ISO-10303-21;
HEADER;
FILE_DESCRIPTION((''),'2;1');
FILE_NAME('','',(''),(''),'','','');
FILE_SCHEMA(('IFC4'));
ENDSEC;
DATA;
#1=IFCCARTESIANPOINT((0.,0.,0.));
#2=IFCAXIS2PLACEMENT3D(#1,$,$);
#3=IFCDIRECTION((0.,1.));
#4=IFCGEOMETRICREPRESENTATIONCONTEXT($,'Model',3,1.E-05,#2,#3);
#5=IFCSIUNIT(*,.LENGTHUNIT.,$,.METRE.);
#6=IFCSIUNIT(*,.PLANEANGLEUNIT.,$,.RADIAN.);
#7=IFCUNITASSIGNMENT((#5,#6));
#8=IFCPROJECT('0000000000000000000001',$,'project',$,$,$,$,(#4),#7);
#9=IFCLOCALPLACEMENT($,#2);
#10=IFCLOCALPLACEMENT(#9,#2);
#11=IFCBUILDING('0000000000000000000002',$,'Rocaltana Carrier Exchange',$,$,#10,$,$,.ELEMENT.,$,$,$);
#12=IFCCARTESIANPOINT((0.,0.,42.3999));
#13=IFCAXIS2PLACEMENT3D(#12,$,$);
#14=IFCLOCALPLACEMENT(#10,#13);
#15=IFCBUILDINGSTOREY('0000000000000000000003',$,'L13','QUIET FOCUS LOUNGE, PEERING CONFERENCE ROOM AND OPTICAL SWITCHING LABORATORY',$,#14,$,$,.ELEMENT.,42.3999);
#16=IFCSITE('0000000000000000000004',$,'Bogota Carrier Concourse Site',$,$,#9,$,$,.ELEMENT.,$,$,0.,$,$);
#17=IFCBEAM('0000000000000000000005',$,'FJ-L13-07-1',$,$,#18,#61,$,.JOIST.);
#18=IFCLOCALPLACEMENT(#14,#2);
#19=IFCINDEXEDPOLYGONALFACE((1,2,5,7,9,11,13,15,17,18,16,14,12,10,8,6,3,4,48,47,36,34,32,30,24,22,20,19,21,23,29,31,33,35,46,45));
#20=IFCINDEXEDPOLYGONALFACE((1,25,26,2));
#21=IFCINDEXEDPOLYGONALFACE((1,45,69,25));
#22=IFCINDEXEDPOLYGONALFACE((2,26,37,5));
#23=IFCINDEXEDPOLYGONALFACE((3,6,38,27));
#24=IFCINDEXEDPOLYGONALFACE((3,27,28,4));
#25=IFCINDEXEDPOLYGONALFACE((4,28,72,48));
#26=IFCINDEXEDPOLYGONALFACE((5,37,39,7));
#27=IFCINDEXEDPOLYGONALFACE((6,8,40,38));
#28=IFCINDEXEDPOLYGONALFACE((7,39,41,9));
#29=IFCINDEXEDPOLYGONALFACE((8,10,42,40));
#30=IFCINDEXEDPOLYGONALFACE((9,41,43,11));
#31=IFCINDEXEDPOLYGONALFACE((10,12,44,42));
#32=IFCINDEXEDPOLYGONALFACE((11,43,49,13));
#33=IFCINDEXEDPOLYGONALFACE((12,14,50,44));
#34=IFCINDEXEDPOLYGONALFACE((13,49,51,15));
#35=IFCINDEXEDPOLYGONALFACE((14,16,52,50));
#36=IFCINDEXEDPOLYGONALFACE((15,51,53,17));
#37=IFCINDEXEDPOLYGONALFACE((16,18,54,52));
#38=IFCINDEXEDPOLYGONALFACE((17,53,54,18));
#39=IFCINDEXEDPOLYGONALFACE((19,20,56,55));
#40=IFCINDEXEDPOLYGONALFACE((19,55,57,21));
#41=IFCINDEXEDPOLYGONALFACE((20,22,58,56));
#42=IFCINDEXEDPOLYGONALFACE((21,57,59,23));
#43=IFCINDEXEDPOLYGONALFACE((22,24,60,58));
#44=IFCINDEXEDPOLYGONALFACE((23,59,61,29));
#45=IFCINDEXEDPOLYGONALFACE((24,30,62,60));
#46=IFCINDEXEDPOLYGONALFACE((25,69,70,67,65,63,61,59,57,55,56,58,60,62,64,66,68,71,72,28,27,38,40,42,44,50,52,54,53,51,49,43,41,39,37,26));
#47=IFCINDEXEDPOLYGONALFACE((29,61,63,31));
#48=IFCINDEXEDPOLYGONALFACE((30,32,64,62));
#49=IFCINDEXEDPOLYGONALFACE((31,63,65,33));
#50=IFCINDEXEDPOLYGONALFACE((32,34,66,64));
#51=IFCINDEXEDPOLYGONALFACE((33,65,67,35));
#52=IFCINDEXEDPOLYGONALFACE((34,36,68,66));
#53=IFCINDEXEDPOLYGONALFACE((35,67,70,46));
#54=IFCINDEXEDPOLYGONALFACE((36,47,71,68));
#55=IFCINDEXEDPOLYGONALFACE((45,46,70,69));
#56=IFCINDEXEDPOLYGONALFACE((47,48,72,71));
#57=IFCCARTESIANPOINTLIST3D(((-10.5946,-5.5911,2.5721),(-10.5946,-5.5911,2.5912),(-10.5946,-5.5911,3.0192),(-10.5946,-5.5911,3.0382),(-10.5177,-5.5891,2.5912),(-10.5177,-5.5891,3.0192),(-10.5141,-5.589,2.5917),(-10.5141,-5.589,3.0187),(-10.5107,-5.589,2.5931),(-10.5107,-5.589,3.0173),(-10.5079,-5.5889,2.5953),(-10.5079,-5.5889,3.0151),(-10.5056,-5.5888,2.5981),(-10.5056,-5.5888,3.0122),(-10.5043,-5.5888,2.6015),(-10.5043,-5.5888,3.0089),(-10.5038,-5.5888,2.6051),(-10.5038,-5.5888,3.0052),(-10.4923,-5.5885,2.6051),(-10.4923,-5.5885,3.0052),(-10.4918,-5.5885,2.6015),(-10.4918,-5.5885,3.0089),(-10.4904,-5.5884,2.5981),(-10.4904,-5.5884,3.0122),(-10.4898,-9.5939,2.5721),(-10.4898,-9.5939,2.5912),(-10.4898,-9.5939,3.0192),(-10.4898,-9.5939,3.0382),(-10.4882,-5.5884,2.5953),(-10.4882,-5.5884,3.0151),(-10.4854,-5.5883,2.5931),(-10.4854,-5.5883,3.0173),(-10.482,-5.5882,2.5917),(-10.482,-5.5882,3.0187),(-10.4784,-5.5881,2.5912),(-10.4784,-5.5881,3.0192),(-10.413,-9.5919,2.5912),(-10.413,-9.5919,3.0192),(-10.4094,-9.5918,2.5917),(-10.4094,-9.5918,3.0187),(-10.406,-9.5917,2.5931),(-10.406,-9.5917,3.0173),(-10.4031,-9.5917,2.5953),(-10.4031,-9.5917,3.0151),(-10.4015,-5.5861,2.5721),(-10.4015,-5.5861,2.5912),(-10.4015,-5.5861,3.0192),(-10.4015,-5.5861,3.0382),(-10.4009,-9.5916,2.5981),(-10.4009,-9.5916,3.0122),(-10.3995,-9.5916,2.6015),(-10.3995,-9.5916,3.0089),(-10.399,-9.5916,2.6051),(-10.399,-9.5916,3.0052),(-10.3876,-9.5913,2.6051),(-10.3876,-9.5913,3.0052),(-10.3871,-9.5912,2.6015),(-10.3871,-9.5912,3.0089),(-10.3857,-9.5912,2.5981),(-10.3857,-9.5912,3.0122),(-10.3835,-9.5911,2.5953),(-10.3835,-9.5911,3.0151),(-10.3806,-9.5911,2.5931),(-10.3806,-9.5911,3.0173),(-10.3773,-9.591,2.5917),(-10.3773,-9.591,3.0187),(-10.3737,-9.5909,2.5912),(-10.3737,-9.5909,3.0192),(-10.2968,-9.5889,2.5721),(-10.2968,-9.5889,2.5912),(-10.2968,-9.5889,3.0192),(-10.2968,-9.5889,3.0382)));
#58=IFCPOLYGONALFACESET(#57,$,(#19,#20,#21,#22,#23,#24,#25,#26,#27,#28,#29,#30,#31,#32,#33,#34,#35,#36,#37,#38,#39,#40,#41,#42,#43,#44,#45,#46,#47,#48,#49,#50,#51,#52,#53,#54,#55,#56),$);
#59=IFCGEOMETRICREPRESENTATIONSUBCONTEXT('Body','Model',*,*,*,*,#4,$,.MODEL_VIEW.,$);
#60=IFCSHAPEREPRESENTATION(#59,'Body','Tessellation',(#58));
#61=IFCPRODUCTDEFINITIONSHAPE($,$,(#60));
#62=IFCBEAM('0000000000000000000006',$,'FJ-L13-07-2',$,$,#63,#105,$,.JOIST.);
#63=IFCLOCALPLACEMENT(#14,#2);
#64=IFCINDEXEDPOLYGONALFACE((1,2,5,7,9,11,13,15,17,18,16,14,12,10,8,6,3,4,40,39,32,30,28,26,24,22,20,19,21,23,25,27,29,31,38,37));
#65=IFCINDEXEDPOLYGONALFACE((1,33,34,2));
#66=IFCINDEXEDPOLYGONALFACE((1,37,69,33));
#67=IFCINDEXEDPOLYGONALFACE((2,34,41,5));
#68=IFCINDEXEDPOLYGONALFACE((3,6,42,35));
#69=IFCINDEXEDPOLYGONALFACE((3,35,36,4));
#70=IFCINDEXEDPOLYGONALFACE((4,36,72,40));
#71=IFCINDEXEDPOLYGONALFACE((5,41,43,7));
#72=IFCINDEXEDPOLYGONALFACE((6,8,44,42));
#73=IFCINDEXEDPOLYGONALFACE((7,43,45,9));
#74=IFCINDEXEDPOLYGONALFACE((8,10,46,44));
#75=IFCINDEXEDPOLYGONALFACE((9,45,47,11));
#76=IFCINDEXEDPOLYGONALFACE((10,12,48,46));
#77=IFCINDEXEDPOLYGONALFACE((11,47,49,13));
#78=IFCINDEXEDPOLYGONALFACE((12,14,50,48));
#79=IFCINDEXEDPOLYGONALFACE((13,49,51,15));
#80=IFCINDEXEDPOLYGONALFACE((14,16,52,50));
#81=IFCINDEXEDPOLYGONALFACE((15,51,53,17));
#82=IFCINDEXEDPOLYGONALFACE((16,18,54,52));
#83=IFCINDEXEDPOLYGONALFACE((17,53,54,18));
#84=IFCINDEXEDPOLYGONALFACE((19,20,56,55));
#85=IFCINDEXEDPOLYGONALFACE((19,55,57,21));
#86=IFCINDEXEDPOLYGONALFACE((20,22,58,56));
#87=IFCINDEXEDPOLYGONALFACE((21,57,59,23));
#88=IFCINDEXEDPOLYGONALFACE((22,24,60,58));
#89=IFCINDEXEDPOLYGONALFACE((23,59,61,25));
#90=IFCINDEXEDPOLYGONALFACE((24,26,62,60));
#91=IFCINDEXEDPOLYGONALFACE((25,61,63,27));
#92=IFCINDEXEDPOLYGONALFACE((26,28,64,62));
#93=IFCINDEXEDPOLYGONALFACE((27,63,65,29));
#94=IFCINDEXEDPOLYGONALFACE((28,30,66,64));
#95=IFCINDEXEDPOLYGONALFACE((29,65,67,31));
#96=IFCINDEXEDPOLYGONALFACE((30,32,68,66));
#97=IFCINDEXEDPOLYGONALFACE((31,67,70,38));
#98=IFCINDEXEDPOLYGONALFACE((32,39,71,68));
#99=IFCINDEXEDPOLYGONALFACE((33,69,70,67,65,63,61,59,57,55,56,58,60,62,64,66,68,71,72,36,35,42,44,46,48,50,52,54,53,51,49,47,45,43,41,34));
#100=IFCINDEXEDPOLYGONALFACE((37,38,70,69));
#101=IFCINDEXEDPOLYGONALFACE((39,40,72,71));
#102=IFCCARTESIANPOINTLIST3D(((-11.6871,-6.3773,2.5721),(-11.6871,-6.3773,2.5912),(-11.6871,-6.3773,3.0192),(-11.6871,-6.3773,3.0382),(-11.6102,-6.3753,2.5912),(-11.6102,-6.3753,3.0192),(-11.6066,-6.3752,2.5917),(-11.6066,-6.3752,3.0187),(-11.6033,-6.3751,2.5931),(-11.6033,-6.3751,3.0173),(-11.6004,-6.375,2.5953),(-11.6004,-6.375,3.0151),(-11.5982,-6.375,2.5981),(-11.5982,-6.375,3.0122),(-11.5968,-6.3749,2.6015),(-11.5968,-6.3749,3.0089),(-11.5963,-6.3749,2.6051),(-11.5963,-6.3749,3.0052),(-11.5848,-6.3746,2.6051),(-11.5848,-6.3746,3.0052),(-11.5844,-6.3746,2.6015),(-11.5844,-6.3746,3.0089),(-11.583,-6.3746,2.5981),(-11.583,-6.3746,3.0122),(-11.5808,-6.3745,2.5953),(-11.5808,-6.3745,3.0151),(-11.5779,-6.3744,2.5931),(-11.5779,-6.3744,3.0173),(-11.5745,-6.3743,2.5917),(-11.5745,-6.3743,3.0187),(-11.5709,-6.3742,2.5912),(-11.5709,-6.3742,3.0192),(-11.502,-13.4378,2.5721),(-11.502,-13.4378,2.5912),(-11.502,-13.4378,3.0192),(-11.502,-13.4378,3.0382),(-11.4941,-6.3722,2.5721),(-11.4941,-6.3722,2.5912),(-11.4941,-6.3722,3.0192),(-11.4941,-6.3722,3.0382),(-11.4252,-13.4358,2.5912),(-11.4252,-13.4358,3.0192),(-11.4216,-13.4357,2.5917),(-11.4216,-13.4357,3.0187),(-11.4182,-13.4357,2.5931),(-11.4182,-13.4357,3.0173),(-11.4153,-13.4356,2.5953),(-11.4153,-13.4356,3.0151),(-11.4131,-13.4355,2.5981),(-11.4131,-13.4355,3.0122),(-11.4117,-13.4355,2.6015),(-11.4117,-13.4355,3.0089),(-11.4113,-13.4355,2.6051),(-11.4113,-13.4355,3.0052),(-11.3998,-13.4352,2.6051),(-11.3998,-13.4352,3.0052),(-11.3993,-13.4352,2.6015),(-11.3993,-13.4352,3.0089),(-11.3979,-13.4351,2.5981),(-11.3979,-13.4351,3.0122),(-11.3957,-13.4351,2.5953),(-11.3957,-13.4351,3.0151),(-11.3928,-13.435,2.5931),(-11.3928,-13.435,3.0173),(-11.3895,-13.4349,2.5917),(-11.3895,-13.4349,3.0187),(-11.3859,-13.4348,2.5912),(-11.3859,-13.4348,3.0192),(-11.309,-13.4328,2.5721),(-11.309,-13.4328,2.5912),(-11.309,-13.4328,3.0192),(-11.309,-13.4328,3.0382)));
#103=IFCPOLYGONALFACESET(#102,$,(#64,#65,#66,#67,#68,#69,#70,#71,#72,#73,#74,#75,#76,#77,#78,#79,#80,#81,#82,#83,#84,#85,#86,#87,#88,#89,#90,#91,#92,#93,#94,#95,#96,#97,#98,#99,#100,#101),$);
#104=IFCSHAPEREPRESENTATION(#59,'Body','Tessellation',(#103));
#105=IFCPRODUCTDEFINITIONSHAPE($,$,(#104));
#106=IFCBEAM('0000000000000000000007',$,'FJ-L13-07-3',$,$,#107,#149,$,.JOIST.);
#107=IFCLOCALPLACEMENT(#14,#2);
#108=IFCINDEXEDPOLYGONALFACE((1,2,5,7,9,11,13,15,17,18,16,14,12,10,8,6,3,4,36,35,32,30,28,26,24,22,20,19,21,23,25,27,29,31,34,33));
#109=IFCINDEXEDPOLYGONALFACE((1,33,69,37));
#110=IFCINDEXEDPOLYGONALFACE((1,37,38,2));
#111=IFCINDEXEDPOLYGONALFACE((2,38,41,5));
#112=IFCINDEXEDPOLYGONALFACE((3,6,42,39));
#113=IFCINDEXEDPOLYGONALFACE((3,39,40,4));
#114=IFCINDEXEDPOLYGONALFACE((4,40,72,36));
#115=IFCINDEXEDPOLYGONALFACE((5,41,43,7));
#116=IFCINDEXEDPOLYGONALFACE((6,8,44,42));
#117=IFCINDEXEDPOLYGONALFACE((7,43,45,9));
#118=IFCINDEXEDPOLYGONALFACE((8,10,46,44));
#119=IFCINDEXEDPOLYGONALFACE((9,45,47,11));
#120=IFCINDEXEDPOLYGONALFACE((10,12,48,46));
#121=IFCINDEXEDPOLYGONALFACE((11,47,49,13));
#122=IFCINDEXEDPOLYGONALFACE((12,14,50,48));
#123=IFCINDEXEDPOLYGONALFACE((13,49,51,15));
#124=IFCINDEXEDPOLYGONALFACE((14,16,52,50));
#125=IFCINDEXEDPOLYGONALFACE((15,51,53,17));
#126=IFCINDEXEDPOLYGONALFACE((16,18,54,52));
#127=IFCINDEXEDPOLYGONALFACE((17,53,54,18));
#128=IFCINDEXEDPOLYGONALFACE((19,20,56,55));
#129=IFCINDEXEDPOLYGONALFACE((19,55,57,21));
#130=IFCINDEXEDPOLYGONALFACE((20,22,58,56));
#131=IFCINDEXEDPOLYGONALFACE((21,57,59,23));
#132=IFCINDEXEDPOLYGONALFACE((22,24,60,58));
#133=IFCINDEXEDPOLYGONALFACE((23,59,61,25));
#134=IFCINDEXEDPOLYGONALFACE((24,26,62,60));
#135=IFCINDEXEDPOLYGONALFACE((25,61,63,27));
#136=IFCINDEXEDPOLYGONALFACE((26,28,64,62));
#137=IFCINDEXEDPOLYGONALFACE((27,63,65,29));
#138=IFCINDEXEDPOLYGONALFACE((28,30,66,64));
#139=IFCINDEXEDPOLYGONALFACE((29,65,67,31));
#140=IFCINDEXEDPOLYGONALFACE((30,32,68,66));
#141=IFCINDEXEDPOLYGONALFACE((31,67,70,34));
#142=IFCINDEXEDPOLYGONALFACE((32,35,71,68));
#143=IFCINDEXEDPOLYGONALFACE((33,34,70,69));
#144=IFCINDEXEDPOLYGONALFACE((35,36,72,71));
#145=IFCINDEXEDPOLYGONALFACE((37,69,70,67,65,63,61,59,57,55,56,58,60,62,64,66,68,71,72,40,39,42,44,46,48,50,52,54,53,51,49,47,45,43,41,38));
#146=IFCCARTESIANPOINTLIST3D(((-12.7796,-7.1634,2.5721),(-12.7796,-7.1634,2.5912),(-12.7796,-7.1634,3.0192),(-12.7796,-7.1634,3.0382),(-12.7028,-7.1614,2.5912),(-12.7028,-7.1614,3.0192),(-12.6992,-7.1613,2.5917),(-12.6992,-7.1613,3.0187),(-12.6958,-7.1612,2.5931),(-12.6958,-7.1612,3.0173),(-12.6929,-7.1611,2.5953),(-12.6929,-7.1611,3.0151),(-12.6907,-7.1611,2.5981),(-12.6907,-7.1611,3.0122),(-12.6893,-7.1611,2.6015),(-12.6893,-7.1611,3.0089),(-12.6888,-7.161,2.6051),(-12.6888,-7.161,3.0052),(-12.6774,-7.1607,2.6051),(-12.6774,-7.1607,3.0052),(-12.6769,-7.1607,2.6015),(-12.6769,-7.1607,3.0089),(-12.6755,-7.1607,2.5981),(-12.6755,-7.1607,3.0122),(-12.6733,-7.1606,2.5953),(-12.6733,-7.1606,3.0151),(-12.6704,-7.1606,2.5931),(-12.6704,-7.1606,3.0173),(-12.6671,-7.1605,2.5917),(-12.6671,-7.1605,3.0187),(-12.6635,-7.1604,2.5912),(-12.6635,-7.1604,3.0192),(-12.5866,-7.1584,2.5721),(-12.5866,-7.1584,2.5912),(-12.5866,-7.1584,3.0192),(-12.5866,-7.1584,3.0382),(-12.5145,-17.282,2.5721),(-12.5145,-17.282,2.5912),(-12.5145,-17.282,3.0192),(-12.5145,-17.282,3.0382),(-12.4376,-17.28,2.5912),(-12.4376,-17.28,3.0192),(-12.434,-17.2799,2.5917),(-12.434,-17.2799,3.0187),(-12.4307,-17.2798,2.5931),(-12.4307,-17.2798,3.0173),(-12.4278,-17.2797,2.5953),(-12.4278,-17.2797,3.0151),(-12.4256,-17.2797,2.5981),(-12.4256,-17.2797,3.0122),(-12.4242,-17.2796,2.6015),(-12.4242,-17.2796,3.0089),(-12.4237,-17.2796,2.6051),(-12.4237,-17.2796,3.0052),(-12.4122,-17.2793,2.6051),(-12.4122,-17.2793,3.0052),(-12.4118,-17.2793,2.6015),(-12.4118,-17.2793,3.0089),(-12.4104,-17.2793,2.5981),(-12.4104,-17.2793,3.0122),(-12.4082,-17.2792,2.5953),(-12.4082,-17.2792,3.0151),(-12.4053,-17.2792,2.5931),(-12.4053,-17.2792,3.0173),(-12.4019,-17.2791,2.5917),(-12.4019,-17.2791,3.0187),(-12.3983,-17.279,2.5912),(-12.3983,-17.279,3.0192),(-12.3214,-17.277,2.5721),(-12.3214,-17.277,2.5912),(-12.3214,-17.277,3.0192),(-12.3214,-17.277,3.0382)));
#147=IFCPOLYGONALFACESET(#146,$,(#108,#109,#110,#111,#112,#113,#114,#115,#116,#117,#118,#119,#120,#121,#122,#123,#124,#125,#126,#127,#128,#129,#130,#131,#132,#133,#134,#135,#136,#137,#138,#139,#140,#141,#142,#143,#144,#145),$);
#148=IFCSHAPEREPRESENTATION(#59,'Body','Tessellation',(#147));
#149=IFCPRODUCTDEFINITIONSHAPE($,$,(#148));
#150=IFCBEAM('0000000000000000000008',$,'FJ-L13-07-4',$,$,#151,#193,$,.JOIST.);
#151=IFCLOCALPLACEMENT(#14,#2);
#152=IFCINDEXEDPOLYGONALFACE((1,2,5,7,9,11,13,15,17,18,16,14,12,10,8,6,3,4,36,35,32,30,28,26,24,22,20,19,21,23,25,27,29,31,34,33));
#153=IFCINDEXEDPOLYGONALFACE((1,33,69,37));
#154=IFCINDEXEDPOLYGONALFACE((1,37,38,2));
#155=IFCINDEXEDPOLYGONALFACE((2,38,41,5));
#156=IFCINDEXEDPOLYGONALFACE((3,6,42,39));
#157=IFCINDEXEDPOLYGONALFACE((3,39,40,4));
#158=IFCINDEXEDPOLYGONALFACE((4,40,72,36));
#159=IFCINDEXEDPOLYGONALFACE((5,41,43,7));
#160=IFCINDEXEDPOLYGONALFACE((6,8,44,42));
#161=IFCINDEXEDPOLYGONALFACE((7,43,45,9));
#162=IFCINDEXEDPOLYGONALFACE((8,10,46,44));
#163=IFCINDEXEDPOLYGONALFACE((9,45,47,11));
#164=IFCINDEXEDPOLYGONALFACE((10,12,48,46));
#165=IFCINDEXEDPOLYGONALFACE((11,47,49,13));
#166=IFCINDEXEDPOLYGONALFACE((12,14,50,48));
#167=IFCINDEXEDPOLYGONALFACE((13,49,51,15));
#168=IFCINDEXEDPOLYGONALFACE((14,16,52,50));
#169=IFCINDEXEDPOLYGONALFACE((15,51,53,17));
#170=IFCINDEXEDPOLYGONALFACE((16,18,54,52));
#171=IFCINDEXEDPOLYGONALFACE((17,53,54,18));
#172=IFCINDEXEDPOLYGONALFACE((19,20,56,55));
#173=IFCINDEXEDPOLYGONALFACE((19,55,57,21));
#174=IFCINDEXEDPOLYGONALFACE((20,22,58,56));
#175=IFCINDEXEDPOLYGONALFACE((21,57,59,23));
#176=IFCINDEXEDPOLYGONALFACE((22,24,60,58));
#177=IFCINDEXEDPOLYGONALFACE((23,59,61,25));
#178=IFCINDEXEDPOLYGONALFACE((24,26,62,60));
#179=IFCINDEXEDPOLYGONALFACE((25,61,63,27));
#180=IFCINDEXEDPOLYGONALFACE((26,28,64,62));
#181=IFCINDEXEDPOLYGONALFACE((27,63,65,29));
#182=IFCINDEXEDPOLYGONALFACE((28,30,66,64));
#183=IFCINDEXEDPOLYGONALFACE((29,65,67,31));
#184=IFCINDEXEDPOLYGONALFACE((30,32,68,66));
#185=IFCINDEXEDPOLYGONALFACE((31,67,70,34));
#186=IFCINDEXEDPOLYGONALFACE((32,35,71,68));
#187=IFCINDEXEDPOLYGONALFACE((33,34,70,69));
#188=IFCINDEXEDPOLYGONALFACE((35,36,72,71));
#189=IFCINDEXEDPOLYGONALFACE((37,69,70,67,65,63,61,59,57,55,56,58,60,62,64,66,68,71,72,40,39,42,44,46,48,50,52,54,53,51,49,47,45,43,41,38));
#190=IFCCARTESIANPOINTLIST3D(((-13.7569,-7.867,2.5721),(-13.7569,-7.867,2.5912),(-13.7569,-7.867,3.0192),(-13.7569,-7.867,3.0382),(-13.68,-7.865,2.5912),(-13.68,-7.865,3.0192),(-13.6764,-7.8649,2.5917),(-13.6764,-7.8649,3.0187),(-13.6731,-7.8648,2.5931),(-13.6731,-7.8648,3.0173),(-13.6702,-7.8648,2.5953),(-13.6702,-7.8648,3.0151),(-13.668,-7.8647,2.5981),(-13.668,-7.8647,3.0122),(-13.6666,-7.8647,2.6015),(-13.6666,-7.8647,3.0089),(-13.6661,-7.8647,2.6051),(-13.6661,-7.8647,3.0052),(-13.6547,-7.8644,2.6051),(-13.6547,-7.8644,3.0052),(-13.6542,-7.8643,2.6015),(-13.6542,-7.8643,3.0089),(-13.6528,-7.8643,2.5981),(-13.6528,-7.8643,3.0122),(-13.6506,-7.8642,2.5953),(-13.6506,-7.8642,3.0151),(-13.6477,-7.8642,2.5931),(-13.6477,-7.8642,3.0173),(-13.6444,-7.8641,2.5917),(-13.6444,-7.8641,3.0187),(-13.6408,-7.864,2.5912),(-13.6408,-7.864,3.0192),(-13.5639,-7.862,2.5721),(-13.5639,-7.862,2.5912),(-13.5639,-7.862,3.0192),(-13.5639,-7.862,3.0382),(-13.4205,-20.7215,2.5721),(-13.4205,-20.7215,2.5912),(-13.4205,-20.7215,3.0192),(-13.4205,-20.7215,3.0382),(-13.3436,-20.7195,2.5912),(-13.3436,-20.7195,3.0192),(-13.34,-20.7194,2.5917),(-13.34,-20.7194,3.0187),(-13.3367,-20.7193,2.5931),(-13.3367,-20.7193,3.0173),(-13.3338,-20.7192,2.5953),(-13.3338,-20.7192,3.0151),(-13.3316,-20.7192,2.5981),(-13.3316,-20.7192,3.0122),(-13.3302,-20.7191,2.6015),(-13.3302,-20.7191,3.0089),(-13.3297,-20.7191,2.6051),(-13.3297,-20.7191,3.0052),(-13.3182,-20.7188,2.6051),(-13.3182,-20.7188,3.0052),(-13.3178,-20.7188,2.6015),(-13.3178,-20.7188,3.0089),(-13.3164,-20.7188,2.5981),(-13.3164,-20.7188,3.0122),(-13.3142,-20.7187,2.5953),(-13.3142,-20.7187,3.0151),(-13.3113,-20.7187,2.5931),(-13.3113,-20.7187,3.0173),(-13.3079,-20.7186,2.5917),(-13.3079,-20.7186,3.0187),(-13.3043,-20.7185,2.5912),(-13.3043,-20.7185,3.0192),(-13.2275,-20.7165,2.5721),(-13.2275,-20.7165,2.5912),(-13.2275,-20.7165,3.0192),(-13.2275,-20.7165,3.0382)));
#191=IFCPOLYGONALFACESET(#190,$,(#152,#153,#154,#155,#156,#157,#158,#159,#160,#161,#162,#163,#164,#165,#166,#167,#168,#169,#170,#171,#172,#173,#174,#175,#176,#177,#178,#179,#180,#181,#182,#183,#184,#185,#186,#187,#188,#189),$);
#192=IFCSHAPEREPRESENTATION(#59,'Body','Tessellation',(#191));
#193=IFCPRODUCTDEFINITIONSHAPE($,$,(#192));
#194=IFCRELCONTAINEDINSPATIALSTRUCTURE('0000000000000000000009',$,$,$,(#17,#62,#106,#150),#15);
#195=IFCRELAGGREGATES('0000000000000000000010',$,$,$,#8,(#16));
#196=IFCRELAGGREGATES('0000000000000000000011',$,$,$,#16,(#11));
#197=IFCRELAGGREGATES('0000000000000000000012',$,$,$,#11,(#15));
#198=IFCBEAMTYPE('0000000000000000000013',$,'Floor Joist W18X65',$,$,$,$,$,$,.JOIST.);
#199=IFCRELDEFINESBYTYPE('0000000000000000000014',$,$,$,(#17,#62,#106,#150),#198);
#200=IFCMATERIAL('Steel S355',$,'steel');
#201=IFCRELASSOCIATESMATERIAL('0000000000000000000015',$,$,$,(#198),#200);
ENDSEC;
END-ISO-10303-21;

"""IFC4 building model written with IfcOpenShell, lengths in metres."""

from ifc_helpers import new_model, si_unit, direction, frame, origin, origin_2d, place, context, subcontext, project, spatial, i_section, extrude, material, material_profile, profile_set, type_object, element, save


model = new_model("IFC4")

# Units and contexts
model_context = context("Model", 3, precision=1e-05, world=origin(), true_north=direction((0.0, 1.0)))
body_context = subcontext(model_context, "Body", "Model", "MODEL_VIEW")
ifc_project = project(units=[si_unit("LENGTHUNIT", "METRE"), si_unit("PLANEANGLEUNIT", "RADIAN")], contexts=[model_context])

# Site, building, storey
site_placement = place(None, origin())
site = spatial("IfcSite", under=ifc_project, at=site_placement, Name="Bogota Carrier Concourse Site", CompositionType="ELEMENT", RefElevation=0.0)
building_placement = place(site_placement, origin())
building = spatial("IfcBuilding", under=site, at=building_placement, Name="Rocaltana Carrier Exchange", CompositionType="ELEMENT")
storey_placement = place(building_placement, frame((0.0, 0.0, 42.3999)))
storey = spatial("IfcBuildingStorey", under=building, at=storey_placement, Name="L13", Description="QUIET FOCUS LOUNGE, PEERING CONFERENCE ROOM AND OPTICAL SWITCHING LABORATORY", CompositionType="ELEMENT", Elevation=42.3999)

# Beams
ifc_material_1 = material(Name="Steel S355", Category="steel")
ifc_material_profile_1 = material_profile(ifc_material_1, i_section(OverallWidth=0.1931, OverallDepth=0.4661, WebThickness=0.0115, FlangeThickness=0.019, FilletRadius=0.0139, at=origin_2d()), Name="W18X65")
ifc_profile_set_1 = profile_set([ifc_material_profile_1], Name="Steel S355")
beam_type_1 = type_object("IfcBeamType", Name="Floor Joist W18X65", PredefinedType="JOIST", material=ifc_profile_set_1)
beam_1_placement = place(storey_placement, frame((-10.498, -5.5886, 2.8052), z_axis=(0.026158, -0.999658, 0.0), x_axis=(0.999658, 0.026158, 0.0)))
element("IfcBeam", 1, at=beam_1_placement, inside=storey, type_object=beam_type_1, Name="FJ-L13-07-1", PredefinedType="JOIST", context=body_context, shape_type="SweptSolid", body=[
    extrude(i_section(OverallWidth=0.1931, OverallDepth=0.4661, WebThickness=0.0115, FlangeThickness=0.019, FilletRadius=0.0139, at=origin_2d()), origin(), (0.0, 0.0, 1.0), 4.0042),
])
beam_2_placement = place(storey_placement, frame((-11.5906, -6.3748, 2.8052), z_axis=(0.026201, -0.999657, 0.0), x_axis=(0.999657, 0.026201, 0.0)))
element("IfcBeam", 2, at=beam_2_placement, inside=storey, type_object=beam_type_1, Name="FJ-L13-07-2", PredefinedType="JOIST", context=body_context, shape_type="SweptSolid", body=[
    extrude(i_section(OverallWidth=0.1931, OverallDepth=0.4661, WebThickness=0.0115, FlangeThickness=0.019, FilletRadius=0.0139, at=origin_2d()), origin(), (0.0, 0.0, 1.0), 7.063),
])
beam_3_placement = place(storey_placement, frame((-12.6831, -7.1609, 2.8052), z_axis=(0.026194, -0.999657, 0.0), x_axis=(0.999657, 0.026194, 0.0)))
element("IfcBeam", 3, at=beam_3_placement, inside=storey, type_object=beam_type_1, Name="FJ-L13-07-3", PredefinedType="JOIST", context=body_context, shape_type="SweptSolid", body=[
    extrude(i_section(OverallWidth=0.1931, OverallDepth=0.4661, WebThickness=0.0115, FlangeThickness=0.019, FilletRadius=0.0139, at=origin_2d()), origin(), (0.0, 0.0, 1.0), 10.1221),
])
beam_4_placement = place(storey_placement, frame((-13.6604, -7.8645, 2.8052), z_axis=(0.026163, -0.999658, 0.0), x_axis=(0.999658, 0.026163, 0.0)))
element("IfcBeam", 4, at=beam_4_placement, inside=storey, type_object=beam_type_1, Name="FJ-L13-07-4", PredefinedType="JOIST", context=body_context, shape_type="SweptSolid", body=[
    extrude(i_section(OverallWidth=0.1931, OverallDepth=0.4661, WebThickness=0.0115, FlangeThickness=0.019, FilletRadius=0.0139, at=origin_2d()), origin(), (0.0, 0.0, 1.0), 12.8589),
])

save(model, "model.ifc")
